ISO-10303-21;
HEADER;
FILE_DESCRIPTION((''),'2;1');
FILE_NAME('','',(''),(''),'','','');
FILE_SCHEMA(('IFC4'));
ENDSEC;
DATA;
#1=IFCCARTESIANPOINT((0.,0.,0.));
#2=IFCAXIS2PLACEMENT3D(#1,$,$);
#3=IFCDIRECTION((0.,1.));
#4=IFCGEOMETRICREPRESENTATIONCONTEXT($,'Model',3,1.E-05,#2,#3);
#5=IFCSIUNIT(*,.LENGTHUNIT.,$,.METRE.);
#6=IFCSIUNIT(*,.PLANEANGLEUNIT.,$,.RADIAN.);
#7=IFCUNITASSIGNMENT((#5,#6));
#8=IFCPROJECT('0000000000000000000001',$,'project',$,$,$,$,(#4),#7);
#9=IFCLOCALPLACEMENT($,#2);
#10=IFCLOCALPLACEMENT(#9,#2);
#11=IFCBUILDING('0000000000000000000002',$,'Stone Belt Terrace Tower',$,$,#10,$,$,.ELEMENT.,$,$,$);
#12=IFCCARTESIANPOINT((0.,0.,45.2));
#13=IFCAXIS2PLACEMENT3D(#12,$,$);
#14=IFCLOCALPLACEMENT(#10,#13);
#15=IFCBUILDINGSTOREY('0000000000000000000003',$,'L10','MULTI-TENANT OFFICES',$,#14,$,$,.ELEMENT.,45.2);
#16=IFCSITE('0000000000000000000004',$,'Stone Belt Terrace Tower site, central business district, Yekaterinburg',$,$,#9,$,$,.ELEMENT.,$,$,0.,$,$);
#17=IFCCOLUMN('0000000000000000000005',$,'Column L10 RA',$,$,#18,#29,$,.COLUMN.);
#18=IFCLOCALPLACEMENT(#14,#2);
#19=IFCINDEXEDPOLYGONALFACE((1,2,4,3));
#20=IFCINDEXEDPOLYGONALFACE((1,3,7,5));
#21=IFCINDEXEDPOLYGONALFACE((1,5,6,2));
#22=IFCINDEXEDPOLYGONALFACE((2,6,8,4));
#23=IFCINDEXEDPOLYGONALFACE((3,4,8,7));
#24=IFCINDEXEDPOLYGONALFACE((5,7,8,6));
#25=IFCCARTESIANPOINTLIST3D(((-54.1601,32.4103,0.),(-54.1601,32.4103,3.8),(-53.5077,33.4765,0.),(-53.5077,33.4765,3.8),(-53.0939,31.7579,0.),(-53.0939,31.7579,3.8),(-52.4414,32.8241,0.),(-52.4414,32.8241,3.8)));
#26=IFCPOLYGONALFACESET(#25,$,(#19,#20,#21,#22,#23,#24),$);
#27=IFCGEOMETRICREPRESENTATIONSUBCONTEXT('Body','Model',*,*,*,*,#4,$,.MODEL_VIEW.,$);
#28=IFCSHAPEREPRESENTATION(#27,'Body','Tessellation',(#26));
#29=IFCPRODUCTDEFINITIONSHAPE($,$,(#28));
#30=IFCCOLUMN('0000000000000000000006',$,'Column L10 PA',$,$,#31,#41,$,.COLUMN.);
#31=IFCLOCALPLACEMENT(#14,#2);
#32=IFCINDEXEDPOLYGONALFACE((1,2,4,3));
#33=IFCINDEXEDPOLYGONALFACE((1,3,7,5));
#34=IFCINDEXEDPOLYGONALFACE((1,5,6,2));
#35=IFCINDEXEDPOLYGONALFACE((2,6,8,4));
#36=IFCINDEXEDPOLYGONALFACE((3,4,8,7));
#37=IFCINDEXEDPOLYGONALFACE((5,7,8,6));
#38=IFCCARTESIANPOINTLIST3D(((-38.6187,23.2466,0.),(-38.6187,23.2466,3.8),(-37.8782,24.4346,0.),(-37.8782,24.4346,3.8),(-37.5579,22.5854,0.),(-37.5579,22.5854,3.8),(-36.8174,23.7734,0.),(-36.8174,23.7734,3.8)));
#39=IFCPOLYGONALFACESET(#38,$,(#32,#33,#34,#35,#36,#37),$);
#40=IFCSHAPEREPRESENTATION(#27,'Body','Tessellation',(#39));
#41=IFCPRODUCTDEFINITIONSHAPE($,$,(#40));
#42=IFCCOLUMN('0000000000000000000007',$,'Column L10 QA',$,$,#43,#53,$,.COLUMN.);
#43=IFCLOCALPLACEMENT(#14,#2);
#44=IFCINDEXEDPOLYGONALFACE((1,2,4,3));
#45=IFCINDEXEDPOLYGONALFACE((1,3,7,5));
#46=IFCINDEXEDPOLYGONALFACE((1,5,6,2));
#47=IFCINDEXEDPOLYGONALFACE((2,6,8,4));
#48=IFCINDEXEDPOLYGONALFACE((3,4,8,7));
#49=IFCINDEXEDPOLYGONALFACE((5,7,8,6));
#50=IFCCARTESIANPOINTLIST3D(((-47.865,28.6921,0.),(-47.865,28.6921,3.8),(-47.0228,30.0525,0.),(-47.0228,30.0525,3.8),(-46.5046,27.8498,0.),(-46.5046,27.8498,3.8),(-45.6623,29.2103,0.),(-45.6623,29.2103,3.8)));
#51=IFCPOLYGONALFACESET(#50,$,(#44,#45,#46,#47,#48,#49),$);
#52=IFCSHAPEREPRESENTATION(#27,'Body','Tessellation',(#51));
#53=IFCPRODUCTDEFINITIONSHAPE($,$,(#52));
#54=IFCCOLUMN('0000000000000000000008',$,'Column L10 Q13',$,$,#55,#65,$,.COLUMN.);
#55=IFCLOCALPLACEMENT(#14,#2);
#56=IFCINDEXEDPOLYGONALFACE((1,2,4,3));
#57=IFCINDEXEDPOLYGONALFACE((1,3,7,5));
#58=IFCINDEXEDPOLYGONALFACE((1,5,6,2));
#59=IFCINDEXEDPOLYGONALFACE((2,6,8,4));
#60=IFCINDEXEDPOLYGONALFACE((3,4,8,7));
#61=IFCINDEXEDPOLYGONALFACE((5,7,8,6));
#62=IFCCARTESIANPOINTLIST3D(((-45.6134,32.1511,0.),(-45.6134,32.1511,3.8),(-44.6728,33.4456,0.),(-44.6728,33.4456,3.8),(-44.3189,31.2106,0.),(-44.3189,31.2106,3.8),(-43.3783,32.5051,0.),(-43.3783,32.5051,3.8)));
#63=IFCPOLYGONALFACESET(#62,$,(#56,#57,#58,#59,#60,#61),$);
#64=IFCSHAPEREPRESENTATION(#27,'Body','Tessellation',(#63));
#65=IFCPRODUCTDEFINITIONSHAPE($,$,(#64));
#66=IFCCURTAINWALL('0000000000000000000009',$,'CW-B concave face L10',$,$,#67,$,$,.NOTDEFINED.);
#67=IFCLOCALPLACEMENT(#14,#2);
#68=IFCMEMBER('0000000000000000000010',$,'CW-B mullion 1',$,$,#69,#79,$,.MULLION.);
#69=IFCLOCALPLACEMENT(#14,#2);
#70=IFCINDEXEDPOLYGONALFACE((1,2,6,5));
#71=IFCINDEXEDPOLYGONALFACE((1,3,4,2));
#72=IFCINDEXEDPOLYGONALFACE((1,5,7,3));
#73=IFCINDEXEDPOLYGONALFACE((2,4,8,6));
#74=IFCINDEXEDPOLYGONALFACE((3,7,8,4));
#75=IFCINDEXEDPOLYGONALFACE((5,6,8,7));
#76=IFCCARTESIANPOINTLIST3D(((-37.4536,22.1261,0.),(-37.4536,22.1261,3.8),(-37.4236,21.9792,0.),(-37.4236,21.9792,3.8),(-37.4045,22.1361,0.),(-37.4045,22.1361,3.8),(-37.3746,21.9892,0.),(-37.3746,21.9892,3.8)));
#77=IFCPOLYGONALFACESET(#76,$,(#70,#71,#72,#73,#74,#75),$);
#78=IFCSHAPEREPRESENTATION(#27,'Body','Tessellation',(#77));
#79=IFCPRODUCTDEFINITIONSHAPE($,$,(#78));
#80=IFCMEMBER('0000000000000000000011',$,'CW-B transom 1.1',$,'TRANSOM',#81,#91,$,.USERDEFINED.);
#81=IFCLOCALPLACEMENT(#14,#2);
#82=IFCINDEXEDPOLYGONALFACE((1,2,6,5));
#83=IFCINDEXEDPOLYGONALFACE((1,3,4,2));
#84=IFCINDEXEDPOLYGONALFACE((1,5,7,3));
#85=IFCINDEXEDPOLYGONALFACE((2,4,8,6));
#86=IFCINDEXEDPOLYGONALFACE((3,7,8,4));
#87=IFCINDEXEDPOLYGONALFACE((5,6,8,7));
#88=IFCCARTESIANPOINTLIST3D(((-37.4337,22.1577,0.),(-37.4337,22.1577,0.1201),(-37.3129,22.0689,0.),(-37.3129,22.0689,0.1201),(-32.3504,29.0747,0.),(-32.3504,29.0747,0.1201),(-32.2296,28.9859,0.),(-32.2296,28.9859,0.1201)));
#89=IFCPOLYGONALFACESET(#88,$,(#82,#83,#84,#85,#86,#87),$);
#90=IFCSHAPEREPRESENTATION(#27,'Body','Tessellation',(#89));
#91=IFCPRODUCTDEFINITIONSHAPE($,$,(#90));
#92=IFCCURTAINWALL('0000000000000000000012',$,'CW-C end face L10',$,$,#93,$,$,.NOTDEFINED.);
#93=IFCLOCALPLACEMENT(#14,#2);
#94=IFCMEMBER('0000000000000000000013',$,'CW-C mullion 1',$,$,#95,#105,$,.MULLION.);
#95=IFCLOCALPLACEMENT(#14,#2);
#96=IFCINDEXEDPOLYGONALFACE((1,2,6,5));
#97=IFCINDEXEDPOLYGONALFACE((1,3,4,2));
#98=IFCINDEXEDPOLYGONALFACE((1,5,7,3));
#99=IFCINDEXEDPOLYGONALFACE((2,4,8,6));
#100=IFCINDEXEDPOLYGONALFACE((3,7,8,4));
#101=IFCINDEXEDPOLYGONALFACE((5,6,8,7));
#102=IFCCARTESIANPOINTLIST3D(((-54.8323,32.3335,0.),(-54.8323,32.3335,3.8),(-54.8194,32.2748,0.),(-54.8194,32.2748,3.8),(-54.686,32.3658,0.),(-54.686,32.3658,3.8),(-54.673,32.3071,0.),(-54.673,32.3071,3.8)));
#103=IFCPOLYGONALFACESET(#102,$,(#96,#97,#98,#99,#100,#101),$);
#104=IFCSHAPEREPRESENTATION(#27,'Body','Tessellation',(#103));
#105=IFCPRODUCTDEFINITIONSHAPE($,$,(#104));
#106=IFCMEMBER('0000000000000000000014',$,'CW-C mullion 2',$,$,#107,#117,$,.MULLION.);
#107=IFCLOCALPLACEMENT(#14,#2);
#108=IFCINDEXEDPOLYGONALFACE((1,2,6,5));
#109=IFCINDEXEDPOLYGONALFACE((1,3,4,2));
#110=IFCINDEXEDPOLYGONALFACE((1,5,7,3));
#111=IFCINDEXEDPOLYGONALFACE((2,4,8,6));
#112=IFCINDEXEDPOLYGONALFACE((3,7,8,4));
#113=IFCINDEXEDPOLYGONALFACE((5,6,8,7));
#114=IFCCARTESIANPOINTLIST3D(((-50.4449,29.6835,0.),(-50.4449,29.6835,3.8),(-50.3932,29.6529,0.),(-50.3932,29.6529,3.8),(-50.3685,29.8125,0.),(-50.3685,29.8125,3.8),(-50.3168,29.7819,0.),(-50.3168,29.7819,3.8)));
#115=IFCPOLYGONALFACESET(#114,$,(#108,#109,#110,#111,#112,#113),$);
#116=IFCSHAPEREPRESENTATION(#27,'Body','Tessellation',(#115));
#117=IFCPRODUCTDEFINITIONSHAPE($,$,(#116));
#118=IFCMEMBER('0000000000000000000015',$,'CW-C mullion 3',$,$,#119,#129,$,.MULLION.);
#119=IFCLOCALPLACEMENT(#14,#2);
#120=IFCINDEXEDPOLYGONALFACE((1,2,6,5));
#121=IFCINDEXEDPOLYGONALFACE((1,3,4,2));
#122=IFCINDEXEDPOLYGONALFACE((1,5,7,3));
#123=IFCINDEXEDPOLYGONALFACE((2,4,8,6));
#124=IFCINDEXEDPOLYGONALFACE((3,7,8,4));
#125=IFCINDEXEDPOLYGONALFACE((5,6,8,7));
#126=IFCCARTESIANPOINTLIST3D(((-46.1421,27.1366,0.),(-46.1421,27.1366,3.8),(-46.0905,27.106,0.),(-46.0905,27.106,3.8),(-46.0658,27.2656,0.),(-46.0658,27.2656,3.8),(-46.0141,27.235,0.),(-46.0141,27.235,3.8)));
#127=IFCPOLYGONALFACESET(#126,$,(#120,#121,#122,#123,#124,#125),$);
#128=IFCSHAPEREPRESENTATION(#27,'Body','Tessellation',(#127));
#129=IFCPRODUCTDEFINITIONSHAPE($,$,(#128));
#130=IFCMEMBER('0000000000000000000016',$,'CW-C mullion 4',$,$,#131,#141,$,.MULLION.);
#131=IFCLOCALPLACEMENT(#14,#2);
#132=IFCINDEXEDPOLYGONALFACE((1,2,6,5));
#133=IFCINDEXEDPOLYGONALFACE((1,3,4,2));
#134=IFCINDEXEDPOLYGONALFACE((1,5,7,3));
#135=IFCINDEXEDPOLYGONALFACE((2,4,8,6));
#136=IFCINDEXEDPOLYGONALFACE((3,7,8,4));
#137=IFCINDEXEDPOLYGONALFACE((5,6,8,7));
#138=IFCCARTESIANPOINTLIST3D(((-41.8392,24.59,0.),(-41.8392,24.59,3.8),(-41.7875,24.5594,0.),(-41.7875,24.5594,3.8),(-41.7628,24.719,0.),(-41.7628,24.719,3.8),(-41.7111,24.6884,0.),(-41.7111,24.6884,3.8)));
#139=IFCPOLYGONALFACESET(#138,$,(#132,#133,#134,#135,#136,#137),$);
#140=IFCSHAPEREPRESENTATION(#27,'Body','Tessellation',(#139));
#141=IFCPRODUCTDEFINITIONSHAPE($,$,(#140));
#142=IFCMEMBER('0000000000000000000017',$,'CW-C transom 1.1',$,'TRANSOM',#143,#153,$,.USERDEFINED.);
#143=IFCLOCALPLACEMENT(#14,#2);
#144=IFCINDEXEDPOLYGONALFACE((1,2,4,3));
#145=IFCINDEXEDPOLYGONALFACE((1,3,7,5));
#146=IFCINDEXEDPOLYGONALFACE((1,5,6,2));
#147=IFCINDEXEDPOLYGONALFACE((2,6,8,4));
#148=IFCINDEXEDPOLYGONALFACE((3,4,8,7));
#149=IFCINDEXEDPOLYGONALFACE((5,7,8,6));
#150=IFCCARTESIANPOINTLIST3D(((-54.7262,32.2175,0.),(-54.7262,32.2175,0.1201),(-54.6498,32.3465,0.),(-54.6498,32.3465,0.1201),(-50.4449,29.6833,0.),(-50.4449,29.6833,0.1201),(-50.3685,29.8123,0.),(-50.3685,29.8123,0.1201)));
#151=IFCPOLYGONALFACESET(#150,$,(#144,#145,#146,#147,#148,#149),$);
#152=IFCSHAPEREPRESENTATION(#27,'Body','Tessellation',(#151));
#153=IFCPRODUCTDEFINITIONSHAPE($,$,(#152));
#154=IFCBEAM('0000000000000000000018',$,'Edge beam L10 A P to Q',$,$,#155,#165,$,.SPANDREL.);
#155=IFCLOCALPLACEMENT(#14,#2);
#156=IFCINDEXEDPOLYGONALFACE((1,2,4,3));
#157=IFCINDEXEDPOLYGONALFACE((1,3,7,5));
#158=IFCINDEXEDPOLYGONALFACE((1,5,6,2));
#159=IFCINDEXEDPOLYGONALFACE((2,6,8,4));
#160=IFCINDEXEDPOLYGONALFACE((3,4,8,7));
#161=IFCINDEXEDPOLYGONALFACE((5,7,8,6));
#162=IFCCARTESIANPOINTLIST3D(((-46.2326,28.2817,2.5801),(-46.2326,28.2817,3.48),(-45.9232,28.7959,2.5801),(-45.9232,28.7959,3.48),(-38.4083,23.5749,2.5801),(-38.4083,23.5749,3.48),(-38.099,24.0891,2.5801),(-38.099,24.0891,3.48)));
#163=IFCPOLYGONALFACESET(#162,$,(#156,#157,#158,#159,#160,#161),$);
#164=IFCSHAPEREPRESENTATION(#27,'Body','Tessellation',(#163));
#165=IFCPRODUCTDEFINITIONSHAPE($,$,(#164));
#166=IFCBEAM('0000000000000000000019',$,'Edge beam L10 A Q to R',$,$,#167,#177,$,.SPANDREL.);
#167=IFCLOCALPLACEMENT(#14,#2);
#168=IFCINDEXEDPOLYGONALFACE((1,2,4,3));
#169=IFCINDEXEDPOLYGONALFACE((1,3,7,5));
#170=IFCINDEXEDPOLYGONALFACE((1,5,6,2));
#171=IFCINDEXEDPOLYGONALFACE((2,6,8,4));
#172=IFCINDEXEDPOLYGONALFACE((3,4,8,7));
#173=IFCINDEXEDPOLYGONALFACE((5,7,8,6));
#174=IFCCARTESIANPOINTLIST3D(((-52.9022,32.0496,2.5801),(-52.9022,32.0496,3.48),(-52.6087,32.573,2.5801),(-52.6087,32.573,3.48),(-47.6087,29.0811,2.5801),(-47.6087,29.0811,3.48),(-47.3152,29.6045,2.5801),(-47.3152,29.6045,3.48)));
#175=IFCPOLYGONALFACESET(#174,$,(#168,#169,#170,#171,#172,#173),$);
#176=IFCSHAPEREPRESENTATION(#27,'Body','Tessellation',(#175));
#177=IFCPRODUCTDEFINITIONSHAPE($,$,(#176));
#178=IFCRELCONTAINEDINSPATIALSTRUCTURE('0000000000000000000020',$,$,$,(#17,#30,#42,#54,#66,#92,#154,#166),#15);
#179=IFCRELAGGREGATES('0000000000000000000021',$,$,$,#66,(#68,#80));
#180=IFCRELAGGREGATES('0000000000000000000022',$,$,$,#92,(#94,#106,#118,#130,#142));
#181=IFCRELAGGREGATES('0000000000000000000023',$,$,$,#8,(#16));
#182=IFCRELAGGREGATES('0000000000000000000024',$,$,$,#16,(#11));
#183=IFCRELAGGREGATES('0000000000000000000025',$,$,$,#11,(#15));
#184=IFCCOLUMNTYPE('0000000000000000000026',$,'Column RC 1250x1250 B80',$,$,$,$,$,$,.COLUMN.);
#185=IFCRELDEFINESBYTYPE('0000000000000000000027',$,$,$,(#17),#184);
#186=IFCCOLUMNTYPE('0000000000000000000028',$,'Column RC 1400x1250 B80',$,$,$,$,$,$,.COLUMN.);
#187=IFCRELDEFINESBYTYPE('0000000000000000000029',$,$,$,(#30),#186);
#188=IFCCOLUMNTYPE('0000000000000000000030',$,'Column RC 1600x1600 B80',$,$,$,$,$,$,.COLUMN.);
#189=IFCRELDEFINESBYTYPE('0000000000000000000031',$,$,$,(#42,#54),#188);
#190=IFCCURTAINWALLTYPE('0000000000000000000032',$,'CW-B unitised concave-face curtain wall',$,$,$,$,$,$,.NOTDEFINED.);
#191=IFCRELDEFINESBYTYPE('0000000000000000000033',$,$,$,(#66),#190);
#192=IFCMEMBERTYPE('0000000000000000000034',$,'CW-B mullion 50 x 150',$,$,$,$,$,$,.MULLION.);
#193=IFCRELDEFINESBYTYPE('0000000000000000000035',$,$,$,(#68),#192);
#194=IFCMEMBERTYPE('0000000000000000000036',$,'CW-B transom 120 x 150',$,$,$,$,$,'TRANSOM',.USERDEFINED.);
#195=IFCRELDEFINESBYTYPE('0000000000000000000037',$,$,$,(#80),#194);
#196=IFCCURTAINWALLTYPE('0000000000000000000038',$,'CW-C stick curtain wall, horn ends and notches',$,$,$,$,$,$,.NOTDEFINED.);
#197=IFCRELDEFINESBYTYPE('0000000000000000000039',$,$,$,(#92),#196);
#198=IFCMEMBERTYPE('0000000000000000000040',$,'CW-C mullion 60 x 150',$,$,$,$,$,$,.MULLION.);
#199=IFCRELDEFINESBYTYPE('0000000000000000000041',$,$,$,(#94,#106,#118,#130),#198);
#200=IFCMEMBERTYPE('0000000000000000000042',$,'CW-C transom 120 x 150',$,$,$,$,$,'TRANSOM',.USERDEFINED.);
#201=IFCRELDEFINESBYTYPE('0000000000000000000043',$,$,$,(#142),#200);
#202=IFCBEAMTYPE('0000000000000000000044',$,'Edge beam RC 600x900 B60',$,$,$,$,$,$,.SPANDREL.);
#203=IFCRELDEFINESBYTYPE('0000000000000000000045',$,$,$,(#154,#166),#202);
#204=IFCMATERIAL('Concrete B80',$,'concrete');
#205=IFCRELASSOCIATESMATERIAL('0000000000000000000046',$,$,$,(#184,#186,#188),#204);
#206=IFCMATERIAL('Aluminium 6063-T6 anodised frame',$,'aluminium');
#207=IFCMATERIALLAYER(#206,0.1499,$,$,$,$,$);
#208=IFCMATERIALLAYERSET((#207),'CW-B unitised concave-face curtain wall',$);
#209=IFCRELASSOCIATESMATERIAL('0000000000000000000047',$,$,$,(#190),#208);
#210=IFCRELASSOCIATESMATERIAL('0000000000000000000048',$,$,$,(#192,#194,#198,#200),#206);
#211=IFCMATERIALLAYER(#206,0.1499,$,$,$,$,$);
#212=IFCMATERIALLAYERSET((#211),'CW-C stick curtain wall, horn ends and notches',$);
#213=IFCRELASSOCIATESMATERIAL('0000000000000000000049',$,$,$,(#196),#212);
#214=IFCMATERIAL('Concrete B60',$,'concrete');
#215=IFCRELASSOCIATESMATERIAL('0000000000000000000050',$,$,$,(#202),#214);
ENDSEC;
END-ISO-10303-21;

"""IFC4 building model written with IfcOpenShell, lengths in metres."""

from ifc_helpers import new_model, si_unit, direction, frame, origin, origin_2d, place, context, subcontext, project, spatial, rectangle, extrude, material, layer, layer_set, material_profile, profile_set, type_object, element, aggregate, save


model = new_model("IFC4")

# Units and contexts
model_context = context("Model", 3, precision=1e-05, world=origin(), true_north=direction((0.0, 1.0)))
body_context = subcontext(model_context, "Body", "Model", "MODEL_VIEW")
ifc_project = project(units=[si_unit("LENGTHUNIT", "METRE"), si_unit("PLANEANGLEUNIT", "RADIAN")], contexts=[model_context])

# Site, building, storey
site_placement = place(None, origin())
site = spatial("IfcSite", under=ifc_project, at=site_placement, Name="Stone Belt Terrace Tower site, central business district, Yekaterinburg", CompositionType="ELEMENT", RefElevation=0.0)
building_placement = place(site_placement, origin())
building = spatial("IfcBuilding", under=site, at=building_placement, Name="Stone Belt Terrace Tower", CompositionType="ELEMENT")
storey_placement = place(building_placement, frame((0.0, 0.0, 45.2)))
storey = spatial("IfcBuildingStorey", under=building, at=storey_placement, Name="L10", Description="MULTI-TENANT OFFICES", CompositionType="ELEMENT", Elevation=45.2)

# Columns
ifc_material_1 = material(Name="Concrete B80", Category="concrete")
ifc_material_profile_1 = material_profile(ifc_material_1, rectangle(XDim=1.25, YDim=1.25, at=origin_2d()), Name="RC 1250x1250")
ifc_profile_set_1 = profile_set([ifc_material_profile_1], Name="Concrete B80")
column_type_1 = type_object("IfcColumnType", Name="Column RC 1250x1250 B80", PredefinedType="COLUMN", material=ifc_profile_set_1)
column_1_placement = place(storey_placement, frame((-53.3008, 32.6172, 0.0), z_axis=(0.0, 0.0, 1.0), x_axis=(0.521967, 0.852966, 0.0)))
element("IfcColumn", 1, at=column_1_placement, inside=storey, type_object=column_type_1, Name="Column L10 RA", PredefinedType="COLUMN", context=body_context, shape_type="SweptSolid", body=[
    extrude(rectangle(XDim=1.25, YDim=1.25, at=origin_2d()), origin(), (0.0, 0.0, 1.0), 3.8),
])
ifc_material_profile_2 = material_profile(ifc_material_1, rectangle(XDim=1.3999, YDim=1.25, at=origin_2d()), Name="RC 1400x1250")
ifc_profile_set_2 = profile_set([ifc_material_profile_2], Name="Concrete B80")
column_type_2 = type_object("IfcColumnType", Name="Column RC 1400x1250 B80", PredefinedType="COLUMN", material=ifc_profile_set_2)
column_2_placement = place(storey_placement, frame((-37.718, 23.51, 0.0), z_axis=(0.0, 0.0, 1.0), x_axis=(0.528967, 0.848642, 0.0)))
element("IfcColumn", 2, at=column_2_placement, inside=storey, type_object=column_type_2, Name="Column L10 PA", PredefinedType="COLUMN", context=body_context, shape_type="SweptSolid", body=[
    extrude(rectangle(XDim=1.3999, YDim=1.25, at=origin_2d()), origin(), (0.0, 0.0, 1.0), 3.8),
])
ifc_material_profile_3 = material_profile(ifc_material_1, rectangle(XDim=1.6001, YDim=1.6001, at=origin_2d()), Name="RC 1600x1600")
ifc_profile_set_3 = profile_set([ifc_material_profile_3], Name="Concrete B80")
column_type_3 = type_object("IfcColumnType", Name="Column RC 1600x1600 B80", PredefinedType="COLUMN", material=ifc_profile_set_3)
for number, where, z_axis, x_axis, name in (
    (3, (-46.7637, 28.9512, 0.0), (0.0, 0.0, 1.0), (0.526383, 0.850248, 0.0), "Column L10 QA"),
    (4, (-44.4958, 32.3281, 0.0), (0.0, 0.0, 1.0), (0.587785, 0.809017, 0.0), "Column L10 Q13"),
):
    element("IfcColumn", number, at=place(storey_placement, frame(where, z_axis=z_axis, x_axis=x_axis)), inside=storey, type_object=column_type_3, Name=name, PredefinedType="COLUMN", context=body_context, shape_type="SweptSolid", body=[
        extrude(rectangle(XDim=1.6001, YDim=1.6001, at=origin_2d()), origin(), (0.0, 0.0, 1.0), 3.8),
    ])

# Curtain walls, members
ifc_material_2 = material(Name="Aluminium 6063-T6 anodised frame", Category="aluminium")
ifc_layer_1 = layer(ifc_material_2, 0.1499)
ifc_layer_set_1 = layer_set([ifc_layer_1], Name="CW-B unitised concave-face curtain wall")
curtain_wall_type_1 = type_object("IfcCurtainWallType", Name="CW-B unitised concave-face curtain wall", PredefinedType="NOTDEFINED", material=ifc_layer_set_1)
curtain_wall_1_placement = place(storey_placement, origin())
curtain_wall_1 = element("IfcCurtainWall", 5, at=curtain_wall_1_placement, inside=storey, type_object=curtain_wall_type_1, Name="CW-B concave face L10", PredefinedType="NOTDEFINED")
ifc_material_profile_4 = material_profile(ifc_material_2, rectangle(XDim=0.1499, YDim=0.05, at=origin_2d()), Name="Aluminium 6063-T6 50x150")
ifc_profile_set_4 = profile_set([ifc_material_profile_4], Name="Aluminium 6063-T6 anodised frame")
member_type_1 = type_object("IfcMemberType", Name="CW-B mullion 50 x 150", PredefinedType="MULLION", material=ifc_profile_set_4)
member_1_placement = place(storey_placement, frame((-37.4141, 22.0576, 0.0), z_axis=(0.0, 0.0, 1.0), x_axis=(-0.199957, 0.979805, 0.0)))
member_1 = element("IfcMember", 6, at=member_1_placement, type_object=member_type_1, Name="CW-B mullion 1", PredefinedType="MULLION", context=body_context, shape_type="SweptSolid", body=[
    extrude(rectangle(XDim=0.1499, YDim=0.05, at=origin_2d()), origin(), (0.0, 0.0, 1.0), 3.8),
])
ifc_material_profile_5 = material_profile(ifc_material_2, rectangle(XDim=0.1499, YDim=0.1201, at=origin_2d()), Name="Aluminium 6063-T6 150x120")
ifc_profile_set_5 = profile_set([ifc_material_profile_5], Name="Aluminium 6063-T6 anodised frame")
member_type_2 = type_object("IfcMemberType", Name="CW-B transom 120 x 150", ElementType="TRANSOM", PredefinedType="USERDEFINED", material=ifc_profile_set_5)
member_2_placement = place(storey_placement, frame((-37.3733, 22.1133, 0.0601), z_axis=(0.592181, 0.805805, 0.0), x_axis=(-0.805805, 0.592181, 0.0)))
member_2 = element("IfcMember", 7, at=member_2_placement, type_object=member_type_2, Name="CW-B transom 1.1", ObjectType="TRANSOM", PredefinedType="USERDEFINED", context=body_context, shape_type="SweptSolid", body=[
    extrude(rectangle(XDim=0.1499, YDim=0.1201, at=origin_2d()), origin(), (0.0, 0.0, 1.0), 8.584),
])
aggregate(curtain_wall_1, [member_1, member_2])
ifc_layer_2 = layer(ifc_material_2, 0.1499)
ifc_layer_set_2 = layer_set([ifc_layer_2], Name="CW-C stick curtain wall, horn ends and notches")
curtain_wall_type_2 = type_object("IfcCurtainWallType", Name="CW-C stick curtain wall, horn ends and notches", PredefinedType="NOTDEFINED", material=ifc_layer_set_2)
curtain_wall_2_placement = place(storey_placement, origin())
curtain_wall_2 = element("IfcCurtainWall", 8, at=curtain_wall_2_placement, inside=storey, type_object=curtain_wall_type_2, Name="CW-C end face L10", PredefinedType="NOTDEFINED")
ifc_material_profile_6 = material_profile(ifc_material_2, rectangle(XDim=0.1499, YDim=0.0601, at=origin_2d()), Name="Aluminium 6063-T6 60x150")
ifc_profile_set_6 = profile_set([ifc_material_profile_6], Name="Aluminium 6063-T6 anodised frame")
member_type_3 = type_object("IfcMemberType", Name="CW-C mullion 60 x 150", PredefinedType="MULLION", material=ifc_profile_set_6)
member_3_placement = place(storey_placement, frame((-54.7527, 32.3203, 0.0), z_axis=(0.0, 0.0, 1.0), x_axis=(0.97652, 0.215429, 0.0)))
member_3 = element("IfcMember", 9, at=member_3_placement, type_object=member_type_3, Name="CW-C mullion 1", PredefinedType="MULLION", context=body_context, shape_type="SweptSolid", body=[
    extrude(rectangle(XDim=0.1499, YDim=0.0601, at=origin_2d()), origin(), (0.0, 0.0, 1.0), 3.8),
])
member_4_placement = place(storey_placement, frame((-50.3809, 29.7327, 0.0), z_axis=(0.0, 0.0, 1.0), x_axis=(0.509353, 0.860558, 0.0)))
member_4 = element("IfcMember", 10, at=member_4_placement, type_object=member_type_3, Name="CW-C mullion 2", PredefinedType="MULLION", context=body_context, shape_type="SweptSolid", body=[
    extrude(rectangle(XDim=0.1499, YDim=0.0601, at=origin_2d()), origin(), (0.0, 0.0, 1.0), 3.8),
])
member_5_placement = place(storey_placement, frame((-46.0781, 27.1858, 0.0), z_axis=(0.0, 0.0, 1.0), x_axis=(0.509353, 0.860558, 0.0)))
member_5 = element("IfcMember", 11, at=member_5_placement, type_object=member_type_3, Name="CW-C mullion 3", PredefinedType="MULLION", context=body_context, shape_type="SweptSolid", body=[
    extrude(rectangle(XDim=0.1499, YDim=0.0601, at=origin_2d()), origin(), (0.0, 0.0, 1.0), 3.8),
])
member_6_placement = place(storey_placement, frame((-41.7751, 24.6392, 0.0), z_axis=(0.0, 0.0, 1.0), x_axis=(0.509353, 0.860558, 0.0)))
member_6 = element("IfcMember", 12, at=member_6_placement, type_object=member_type_3, Name="CW-C mullion 4", PredefinedType="MULLION", context=body_context, shape_type="SweptSolid", body=[
    extrude(rectangle(XDim=0.1499, YDim=0.0601, at=origin_2d()), origin(), (0.0, 0.0, 1.0), 3.8),
])
ifc_material_profile_7 = material_profile(ifc_material_2, rectangle(XDim=0.1499, YDim=0.1201, at=origin_2d()), Name="Aluminium 6063-T6 150x120")
ifc_profile_set_7 = profile_set([ifc_material_profile_7], Name="Aluminium 6063-T6 anodised frame")
member_type_4 = type_object("IfcMemberType", Name="CW-C transom 120 x 150", ElementType="TRANSOM", PredefinedType="USERDEFINED", material=ifc_profile_set_7)
member_7_placement = place(storey_placement, frame((-54.688, 32.282, 0.0601), z_axis=(0.860543, -0.509377, 0.0), x_axis=(0.509377, 0.860543, 0.0)))
member_7 = element("IfcMember", 13, at=member_7_placement, type_object=member_type_4, Name="CW-C transom 1.1", ObjectType="TRANSOM", PredefinedType="USERDEFINED", context=body_context, shape_type="SweptSolid", body=[
    extrude(rectangle(XDim=0.1499, YDim=0.1201, at=origin_2d()), origin(), (0.0, 0.0, 1.0), 4.9751),
])

# Beams
ifc_material_3 = material(Name="Concrete B60", Category="concrete")
ifc_material_profile_8 = material_profile(ifc_material_3, rectangle(XDim=0.6001, YDim=0.8999, at=origin_2d()), Name="RC 600x900")
ifc_profile_set_8 = profile_set([ifc_material_profile_8], Name="Concrete B60")
beam_type = type_object("IfcBeamType", Name="Edge beam RC 600x900 B60", PredefinedType="SPANDREL", material=ifc_profile_set_8)
beam_1_placement = place(storey_placement, frame((-38.2537, 23.832, 3.03), z_axis=(-0.8569, 0.515482, 0.0), x_axis=(-0.515482, -0.8569, 0.0)))
element("IfcBeam", 14, at=beam_1_placement, inside=storey, type_object=beam_type, Name="Edge beam L10 A P to Q", PredefinedType="SPANDREL", context=body_context, shape_type="SweptSolid", body=[
    extrude(rectangle(XDim=0.6001, YDim=0.8999, at=origin_2d()), origin(), (0.0, 0.0, 1.0), 9.1309),
])
beam_2_placement = place(storey_placement, frame((-47.4619, 29.3428, 3.03), z_axis=(-0.872213, 0.489126, 0.0), x_axis=(-0.489126, -0.872213, 0.0)))
element("IfcBeam", 15, at=beam_2_placement, inside=storey, type_object=beam_type, Name="Edge beam L10 A Q to R", PredefinedType="SPANDREL", context=body_context, shape_type="SweptSolid", body=[
    extrude(rectangle(XDim=0.6001, YDim=0.8999, at=origin_2d()), origin(), (0.0, 0.0, 1.0), 6.0691),
])

aggregate(curtain_wall_2, [member_3, member_4, member_5, member_6, member_7])

save(model, "model.ifc")
